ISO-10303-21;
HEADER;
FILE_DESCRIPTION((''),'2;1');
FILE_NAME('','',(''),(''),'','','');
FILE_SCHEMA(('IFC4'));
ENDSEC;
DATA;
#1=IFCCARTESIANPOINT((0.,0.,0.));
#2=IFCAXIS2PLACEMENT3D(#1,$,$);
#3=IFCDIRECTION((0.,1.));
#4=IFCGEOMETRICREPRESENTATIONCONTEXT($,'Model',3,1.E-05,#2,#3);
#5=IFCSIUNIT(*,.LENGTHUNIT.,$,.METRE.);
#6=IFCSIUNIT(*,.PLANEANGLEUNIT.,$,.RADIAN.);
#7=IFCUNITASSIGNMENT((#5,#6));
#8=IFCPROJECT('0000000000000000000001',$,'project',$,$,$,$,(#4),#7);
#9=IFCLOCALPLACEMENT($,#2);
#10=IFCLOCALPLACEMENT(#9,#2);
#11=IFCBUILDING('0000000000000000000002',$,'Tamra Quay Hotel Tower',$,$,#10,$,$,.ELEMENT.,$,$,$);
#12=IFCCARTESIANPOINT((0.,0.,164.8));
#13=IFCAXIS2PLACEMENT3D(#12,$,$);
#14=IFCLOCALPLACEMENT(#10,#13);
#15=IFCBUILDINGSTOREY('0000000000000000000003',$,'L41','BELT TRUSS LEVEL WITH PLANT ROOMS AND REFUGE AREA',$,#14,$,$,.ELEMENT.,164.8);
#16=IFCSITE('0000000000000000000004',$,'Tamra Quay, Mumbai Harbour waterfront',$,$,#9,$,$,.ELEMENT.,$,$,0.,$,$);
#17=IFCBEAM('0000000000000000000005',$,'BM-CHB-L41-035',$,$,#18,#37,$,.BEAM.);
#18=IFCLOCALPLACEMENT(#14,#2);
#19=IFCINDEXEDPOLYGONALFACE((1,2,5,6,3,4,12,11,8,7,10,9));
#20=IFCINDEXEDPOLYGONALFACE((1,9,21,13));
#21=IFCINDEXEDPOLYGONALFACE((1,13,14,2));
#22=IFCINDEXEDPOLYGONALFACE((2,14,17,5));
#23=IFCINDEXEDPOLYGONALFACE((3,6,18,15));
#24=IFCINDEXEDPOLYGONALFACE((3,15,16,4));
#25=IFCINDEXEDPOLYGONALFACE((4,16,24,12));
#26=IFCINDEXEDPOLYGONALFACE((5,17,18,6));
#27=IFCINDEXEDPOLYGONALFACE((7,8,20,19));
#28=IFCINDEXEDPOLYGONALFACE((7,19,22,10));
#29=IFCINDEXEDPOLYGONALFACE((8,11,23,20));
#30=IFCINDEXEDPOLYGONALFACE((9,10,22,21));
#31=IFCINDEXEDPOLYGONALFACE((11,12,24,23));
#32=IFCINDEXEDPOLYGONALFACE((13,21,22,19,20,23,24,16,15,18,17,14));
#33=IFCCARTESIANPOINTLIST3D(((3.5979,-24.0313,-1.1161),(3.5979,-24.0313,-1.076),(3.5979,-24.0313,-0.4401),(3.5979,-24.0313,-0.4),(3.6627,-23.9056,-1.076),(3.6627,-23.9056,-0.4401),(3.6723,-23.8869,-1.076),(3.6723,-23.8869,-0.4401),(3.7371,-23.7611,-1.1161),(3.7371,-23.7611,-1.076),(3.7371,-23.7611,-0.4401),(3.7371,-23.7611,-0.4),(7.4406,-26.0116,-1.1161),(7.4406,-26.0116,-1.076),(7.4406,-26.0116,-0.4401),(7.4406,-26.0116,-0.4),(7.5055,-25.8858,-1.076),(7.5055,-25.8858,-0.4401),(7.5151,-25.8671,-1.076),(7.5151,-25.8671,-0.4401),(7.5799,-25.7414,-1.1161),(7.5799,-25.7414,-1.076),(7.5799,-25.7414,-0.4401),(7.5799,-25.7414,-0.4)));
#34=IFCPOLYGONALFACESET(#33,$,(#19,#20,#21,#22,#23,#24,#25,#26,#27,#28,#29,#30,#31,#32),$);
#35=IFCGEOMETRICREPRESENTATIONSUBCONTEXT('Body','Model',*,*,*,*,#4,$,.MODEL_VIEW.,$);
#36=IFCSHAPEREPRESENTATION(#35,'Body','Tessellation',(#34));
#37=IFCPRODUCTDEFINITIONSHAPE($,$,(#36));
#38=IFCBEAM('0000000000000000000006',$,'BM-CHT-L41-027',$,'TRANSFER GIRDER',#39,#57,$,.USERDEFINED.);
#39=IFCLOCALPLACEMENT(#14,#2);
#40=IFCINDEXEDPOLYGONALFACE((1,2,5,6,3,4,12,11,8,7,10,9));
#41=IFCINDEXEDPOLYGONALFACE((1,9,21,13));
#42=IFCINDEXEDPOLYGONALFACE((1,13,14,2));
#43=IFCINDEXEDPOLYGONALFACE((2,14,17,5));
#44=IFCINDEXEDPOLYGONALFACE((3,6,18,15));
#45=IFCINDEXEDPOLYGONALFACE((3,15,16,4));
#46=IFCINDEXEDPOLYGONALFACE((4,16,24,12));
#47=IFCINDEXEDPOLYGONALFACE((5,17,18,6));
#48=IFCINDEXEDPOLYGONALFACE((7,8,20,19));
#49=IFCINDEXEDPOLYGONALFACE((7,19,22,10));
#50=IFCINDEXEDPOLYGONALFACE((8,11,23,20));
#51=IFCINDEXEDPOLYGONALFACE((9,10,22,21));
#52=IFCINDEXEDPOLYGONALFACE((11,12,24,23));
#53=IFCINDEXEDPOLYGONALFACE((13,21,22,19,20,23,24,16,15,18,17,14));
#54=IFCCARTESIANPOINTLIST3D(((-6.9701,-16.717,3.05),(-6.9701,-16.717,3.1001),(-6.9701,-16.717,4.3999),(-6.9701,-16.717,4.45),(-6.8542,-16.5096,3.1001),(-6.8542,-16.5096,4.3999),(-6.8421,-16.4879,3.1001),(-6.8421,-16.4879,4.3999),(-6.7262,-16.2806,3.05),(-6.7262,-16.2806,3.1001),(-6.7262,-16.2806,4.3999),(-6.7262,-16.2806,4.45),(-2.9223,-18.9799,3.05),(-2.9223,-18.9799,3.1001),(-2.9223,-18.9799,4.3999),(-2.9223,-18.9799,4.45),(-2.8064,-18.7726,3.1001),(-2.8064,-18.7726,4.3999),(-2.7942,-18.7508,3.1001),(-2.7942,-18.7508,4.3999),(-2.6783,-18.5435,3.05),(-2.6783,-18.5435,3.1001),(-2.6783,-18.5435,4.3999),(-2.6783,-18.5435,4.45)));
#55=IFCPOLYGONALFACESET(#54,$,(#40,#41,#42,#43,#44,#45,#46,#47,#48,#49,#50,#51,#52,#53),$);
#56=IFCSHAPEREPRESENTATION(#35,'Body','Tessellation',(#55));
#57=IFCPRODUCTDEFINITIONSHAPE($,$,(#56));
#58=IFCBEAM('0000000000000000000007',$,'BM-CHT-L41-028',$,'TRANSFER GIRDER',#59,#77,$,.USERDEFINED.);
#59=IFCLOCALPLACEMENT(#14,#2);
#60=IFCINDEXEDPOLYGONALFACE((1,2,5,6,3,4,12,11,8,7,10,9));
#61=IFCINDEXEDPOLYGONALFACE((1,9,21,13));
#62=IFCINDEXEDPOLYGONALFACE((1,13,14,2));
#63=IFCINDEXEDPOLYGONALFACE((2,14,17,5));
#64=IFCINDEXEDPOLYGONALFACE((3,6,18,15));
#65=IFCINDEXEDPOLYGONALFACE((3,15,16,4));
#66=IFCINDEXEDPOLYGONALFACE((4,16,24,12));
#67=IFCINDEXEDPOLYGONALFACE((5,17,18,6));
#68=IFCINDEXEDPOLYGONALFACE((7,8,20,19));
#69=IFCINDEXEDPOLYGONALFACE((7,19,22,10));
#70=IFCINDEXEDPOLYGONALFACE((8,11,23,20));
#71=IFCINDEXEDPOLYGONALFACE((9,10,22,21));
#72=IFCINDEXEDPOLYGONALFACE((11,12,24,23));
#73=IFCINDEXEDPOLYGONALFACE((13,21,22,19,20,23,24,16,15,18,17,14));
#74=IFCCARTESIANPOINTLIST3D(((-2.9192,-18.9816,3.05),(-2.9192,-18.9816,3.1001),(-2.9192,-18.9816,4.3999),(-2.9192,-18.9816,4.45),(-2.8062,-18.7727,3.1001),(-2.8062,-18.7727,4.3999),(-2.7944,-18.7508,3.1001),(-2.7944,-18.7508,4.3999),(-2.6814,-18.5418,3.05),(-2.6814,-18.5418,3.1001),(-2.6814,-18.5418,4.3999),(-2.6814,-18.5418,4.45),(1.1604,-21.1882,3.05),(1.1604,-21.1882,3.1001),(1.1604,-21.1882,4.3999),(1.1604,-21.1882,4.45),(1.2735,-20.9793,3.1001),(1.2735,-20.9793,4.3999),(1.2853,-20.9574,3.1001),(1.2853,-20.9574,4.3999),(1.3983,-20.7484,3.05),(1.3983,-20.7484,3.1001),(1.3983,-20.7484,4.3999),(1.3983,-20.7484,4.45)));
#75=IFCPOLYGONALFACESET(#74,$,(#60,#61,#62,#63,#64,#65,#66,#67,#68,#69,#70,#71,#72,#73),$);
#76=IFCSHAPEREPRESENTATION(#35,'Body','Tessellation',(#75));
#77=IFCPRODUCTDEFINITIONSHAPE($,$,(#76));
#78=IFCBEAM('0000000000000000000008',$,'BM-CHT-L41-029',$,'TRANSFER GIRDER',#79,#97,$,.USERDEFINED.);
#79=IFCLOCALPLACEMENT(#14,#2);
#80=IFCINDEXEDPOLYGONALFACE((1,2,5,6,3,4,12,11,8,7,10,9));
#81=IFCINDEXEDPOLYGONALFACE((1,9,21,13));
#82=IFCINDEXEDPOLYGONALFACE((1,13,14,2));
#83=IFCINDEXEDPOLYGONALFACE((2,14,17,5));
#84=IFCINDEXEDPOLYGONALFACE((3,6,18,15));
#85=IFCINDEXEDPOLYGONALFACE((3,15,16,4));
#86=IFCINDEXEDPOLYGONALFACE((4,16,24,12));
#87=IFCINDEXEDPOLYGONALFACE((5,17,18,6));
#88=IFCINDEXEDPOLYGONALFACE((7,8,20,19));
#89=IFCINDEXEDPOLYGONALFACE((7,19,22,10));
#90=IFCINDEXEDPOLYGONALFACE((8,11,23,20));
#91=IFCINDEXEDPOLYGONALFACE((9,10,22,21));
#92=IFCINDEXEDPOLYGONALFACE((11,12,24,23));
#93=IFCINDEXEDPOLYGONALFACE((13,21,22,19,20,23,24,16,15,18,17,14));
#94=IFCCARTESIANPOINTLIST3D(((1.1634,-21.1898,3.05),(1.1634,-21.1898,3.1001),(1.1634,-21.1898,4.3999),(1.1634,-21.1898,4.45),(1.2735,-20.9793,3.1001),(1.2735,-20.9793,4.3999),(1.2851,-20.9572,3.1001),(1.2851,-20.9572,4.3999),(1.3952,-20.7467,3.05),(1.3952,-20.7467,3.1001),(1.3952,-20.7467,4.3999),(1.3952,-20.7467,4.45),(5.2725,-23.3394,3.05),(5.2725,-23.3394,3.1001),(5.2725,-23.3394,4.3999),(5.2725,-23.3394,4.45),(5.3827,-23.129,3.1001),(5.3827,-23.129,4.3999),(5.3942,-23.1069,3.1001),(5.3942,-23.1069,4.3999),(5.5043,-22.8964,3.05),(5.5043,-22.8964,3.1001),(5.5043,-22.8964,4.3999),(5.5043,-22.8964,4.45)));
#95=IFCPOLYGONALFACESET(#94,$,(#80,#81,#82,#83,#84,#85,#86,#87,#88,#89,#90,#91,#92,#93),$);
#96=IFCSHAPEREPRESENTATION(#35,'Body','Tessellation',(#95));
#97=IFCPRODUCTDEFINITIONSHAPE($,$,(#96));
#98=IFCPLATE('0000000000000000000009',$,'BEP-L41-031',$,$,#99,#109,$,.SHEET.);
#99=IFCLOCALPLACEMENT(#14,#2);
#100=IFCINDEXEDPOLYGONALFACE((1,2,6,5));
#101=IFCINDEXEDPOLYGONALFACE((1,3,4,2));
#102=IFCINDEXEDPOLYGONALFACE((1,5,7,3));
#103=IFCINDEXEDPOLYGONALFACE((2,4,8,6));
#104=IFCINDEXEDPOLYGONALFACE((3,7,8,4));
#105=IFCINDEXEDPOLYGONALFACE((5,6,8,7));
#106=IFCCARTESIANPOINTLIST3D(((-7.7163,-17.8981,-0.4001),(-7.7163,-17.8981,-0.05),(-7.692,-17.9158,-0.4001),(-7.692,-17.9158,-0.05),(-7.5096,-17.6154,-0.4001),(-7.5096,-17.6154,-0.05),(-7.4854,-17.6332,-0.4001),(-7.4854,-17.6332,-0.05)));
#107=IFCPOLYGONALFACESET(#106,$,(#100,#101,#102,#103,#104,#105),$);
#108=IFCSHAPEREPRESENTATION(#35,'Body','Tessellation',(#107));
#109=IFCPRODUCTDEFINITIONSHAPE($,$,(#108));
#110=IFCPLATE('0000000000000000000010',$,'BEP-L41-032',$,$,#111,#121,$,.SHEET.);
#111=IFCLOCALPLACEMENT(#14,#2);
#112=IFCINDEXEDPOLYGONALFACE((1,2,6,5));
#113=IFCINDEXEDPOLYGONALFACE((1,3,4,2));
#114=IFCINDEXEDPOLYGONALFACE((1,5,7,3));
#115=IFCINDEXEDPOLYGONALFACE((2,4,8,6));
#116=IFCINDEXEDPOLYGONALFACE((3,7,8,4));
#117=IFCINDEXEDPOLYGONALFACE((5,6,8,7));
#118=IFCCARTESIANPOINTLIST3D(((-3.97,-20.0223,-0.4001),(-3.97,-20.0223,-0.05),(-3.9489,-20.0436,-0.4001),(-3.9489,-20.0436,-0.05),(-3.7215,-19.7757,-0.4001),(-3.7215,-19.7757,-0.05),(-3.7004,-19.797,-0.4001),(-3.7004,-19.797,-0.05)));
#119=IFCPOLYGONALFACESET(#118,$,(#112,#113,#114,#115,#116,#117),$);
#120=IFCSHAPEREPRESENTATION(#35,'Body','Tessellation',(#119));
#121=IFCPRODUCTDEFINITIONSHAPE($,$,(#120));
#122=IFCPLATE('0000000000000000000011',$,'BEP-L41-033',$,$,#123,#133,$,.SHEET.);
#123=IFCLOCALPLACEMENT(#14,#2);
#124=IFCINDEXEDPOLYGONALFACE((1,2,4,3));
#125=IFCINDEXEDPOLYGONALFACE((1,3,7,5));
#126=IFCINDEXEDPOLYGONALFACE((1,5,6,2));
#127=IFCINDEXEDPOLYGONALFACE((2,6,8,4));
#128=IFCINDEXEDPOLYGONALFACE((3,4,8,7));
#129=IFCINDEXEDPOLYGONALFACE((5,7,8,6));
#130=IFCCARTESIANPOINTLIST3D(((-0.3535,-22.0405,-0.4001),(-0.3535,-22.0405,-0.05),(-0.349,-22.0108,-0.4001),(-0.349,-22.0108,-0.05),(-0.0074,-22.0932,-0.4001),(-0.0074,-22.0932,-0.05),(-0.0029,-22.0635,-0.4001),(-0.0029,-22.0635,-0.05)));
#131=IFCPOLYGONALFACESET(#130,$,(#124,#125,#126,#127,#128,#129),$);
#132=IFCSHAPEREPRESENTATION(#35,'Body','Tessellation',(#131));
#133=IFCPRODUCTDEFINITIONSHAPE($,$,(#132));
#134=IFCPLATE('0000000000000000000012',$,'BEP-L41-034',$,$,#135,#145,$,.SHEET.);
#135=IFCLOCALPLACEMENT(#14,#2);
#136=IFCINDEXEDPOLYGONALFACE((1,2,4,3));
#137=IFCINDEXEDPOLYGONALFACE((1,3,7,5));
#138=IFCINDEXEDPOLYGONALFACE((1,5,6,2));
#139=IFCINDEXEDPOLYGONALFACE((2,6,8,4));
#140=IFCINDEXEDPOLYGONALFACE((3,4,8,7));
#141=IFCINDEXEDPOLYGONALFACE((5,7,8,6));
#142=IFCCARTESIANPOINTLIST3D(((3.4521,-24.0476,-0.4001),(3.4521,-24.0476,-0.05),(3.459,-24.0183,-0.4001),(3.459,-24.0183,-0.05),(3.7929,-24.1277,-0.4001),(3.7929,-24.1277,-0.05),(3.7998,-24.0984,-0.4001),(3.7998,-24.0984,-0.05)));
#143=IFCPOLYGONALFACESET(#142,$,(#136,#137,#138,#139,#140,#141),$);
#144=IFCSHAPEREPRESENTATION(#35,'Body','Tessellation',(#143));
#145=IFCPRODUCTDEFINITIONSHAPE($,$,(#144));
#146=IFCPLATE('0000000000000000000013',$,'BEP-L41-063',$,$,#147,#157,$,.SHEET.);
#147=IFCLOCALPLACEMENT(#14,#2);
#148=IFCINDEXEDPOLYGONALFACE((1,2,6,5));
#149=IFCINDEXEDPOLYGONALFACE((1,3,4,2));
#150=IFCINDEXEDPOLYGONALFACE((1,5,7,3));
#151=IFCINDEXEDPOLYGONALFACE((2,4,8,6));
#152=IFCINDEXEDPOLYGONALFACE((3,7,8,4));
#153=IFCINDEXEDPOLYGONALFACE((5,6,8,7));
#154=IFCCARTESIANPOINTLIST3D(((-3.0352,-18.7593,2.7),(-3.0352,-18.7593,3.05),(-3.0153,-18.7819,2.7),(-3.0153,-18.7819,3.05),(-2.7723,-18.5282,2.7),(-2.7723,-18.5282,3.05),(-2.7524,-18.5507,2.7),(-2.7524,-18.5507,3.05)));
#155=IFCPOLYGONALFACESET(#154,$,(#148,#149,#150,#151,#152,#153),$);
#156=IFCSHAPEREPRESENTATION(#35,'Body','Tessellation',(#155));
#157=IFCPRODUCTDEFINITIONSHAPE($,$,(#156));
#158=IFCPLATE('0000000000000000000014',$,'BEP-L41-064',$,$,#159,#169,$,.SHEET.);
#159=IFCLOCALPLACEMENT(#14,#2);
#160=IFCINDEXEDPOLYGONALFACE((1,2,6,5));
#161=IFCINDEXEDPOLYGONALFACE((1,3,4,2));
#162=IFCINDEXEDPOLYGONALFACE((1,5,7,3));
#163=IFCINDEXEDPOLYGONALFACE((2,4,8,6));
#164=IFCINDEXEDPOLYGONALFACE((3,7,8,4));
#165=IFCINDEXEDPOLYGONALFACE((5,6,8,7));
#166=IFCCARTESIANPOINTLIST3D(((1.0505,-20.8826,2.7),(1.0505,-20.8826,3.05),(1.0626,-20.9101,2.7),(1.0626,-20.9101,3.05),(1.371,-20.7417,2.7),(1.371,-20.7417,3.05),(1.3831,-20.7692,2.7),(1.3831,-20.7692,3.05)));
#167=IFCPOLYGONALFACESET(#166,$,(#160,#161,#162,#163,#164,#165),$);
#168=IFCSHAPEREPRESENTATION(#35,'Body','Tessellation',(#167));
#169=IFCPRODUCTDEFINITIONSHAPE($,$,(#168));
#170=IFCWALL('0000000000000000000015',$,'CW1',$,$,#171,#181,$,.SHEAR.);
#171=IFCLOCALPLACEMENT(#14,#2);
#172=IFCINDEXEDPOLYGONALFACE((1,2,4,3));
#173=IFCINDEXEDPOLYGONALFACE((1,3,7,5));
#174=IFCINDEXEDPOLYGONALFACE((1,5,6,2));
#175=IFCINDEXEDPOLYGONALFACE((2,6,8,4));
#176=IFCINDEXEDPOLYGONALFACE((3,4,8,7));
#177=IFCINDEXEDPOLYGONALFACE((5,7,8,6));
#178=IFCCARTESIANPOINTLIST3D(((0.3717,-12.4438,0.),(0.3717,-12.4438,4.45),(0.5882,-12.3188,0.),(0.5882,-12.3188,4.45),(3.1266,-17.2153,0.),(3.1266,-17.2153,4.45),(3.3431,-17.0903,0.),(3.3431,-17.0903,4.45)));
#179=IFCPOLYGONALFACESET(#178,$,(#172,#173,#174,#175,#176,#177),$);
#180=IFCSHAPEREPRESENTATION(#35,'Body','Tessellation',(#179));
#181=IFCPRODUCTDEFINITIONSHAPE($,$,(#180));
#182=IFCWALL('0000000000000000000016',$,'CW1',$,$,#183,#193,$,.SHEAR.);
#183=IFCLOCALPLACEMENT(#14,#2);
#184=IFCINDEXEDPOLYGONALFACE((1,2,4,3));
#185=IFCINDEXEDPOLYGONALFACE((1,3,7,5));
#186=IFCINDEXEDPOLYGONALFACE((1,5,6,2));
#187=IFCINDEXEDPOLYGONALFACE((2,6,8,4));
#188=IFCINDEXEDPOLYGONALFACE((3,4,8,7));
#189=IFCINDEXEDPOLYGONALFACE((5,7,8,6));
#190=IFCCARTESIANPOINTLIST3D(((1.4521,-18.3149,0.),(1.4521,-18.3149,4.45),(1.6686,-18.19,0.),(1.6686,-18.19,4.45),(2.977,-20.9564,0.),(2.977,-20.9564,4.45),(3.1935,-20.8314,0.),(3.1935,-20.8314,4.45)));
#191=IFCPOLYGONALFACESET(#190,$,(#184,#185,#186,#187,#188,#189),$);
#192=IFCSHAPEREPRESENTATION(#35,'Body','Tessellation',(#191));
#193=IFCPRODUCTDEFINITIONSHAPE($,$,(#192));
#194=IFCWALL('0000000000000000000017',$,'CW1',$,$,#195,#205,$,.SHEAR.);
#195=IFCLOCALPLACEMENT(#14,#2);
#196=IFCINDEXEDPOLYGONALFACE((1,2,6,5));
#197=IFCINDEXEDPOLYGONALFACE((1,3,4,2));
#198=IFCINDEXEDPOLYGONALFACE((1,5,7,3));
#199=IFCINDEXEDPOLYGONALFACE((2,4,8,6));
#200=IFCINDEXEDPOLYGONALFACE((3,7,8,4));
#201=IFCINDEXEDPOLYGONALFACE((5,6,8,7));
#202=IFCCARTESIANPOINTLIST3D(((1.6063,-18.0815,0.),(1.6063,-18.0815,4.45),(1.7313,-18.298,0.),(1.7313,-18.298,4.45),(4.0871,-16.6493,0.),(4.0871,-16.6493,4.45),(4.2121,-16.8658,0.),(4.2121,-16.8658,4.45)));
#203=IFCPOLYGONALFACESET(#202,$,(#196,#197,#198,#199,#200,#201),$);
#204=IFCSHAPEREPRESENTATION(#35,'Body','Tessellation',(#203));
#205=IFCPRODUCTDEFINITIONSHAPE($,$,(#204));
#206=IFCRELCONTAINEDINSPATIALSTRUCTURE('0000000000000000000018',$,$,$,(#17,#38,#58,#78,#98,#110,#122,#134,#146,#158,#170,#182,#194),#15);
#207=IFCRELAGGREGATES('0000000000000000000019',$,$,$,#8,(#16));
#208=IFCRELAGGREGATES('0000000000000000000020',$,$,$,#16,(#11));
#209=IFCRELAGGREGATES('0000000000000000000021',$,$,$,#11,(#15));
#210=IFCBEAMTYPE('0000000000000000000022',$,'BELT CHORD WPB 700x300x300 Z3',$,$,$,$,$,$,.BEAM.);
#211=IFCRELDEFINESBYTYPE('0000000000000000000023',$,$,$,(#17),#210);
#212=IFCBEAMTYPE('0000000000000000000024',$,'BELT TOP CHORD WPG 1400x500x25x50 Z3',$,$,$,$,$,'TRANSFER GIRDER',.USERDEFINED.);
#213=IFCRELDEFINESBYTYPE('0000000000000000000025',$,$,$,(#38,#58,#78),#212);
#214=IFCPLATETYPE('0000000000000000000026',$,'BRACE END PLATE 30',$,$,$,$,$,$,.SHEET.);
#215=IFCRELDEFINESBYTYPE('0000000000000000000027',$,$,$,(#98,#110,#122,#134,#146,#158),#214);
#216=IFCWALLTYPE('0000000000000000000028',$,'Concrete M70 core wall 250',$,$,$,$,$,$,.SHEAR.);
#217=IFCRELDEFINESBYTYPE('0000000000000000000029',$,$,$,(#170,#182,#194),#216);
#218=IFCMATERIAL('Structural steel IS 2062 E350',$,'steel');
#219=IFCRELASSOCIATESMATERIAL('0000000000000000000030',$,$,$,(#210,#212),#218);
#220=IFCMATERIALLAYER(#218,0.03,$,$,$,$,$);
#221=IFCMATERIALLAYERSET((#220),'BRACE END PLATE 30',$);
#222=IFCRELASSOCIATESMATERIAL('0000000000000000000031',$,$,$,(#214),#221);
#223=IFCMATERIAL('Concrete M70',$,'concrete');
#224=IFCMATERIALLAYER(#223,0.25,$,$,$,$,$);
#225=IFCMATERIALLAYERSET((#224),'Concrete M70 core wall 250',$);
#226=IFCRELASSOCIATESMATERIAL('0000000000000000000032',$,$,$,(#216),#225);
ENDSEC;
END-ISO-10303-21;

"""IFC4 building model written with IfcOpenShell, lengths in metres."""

from ifc_helpers import new_model, si_unit, direction, frame, frame_2d, origin, origin_2d, place, context, subcontext, project, spatial, rectangle, i_section, extrude, material, layer, layer_set, material_profile, profile_set, type_object, element, save


model = new_model("IFC4")

# Units and contexts
model_context = context("Model", 3, precision=1e-05, world=origin(), true_north=direction((0.0, 1.0)))
body_context = subcontext(model_context, "Body", "Model", "MODEL_VIEW")
ifc_project = project(units=[si_unit("LENGTHUNIT", "METRE"), si_unit("PLANEANGLEUNIT", "RADIAN")], contexts=[model_context])

# Site, building, storey
site_placement = place(None, origin())
site = spatial("IfcSite", under=ifc_project, at=site_placement, Name="Tamra Quay, Mumbai Harbour waterfront", CompositionType="ELEMENT", RefElevation=0.0)
building_placement = place(site_placement, origin())
building = spatial("IfcBuilding", under=site, at=building_placement, Name="Tamra Quay Hotel Tower", CompositionType="ELEMENT")
storey_placement = place(building_placement, frame((0.0, 0.0, 164.8)))
storey = spatial("IfcBuildingStorey", under=building, at=storey_placement, Name="L41", Description="BELT TRUSS LEVEL WITH PLANT ROOMS AND REFUGE AREA", CompositionType="ELEMENT", Elevation=164.8)

# Shared definitions
ifc_material_1 = material(Name="Structural steel IS 2062 E350", Category="steel")

# Beams
ifc_material_profile_1 = material_profile(ifc_material_1, i_section(OverallWidth=0.304, OverallDepth=0.7161, WebThickness=0.021, FlangeThickness=0.04, at=origin_2d()), Name="WPB 700x300x300")
ifc_profile_set_1 = profile_set([ifc_material_profile_1], Name="Structural steel IS 2062 E350")
beam_type_1 = type_object("IfcBeamType", Name="BELT CHORD WPB 700x300x300 Z3", PredefinedType="BEAM", material=ifc_profile_set_1)
beam_1_placement = place(storey_placement, frame((3.6675, -23.8962, -0.7581), z_axis=(0.888917, -0.458069, 0.0), x_axis=(0.458069, 0.888917, 0.0)))
element("IfcBeam", 1, at=beam_1_placement, inside=storey, type_object=beam_type_1, Name="BM-CHB-L41-035", PredefinedType="BEAM", context=body_context, shape_type="SweptSolid", body=[
    extrude(i_section(OverallWidth=0.304, OverallDepth=0.7161, WebThickness=0.021, FlangeThickness=0.04, at=origin_2d()), origin(), (0.0, 0.0, 1.0), 4.323),
])
ifc_material_profile_2 = material_profile(ifc_material_1, i_section(OverallWidth=0.5, OverallDepth=1.3999, WebThickness=0.0249, FlangeThickness=0.05, at=origin_2d()), Name="WPG 1400x500x25x50")
ifc_profile_set_2 = profile_set([ifc_material_profile_2], Name="Structural steel IS 2062 E350")
beam_type_2 = type_object("IfcBeamType", Name="BELT TOP CHORD WPG 1400x500x25x50 Z3", ElementType="TRANSFER GIRDER", PredefinedType="USERDEFINED", material=ifc_profile_set_2)
beam_2_placement = place(storey_placement, frame((-6.8481, -16.4988, 3.75), z_axis=(0.87286, -0.48797, 0.0), x_axis=(0.48797, 0.87286, 0.0)))
element("IfcBeam", 2, at=beam_2_placement, inside=storey, type_object=beam_type_2, Name="BM-CHT-L41-027", ObjectType="TRANSFER GIRDER", PredefinedType="USERDEFINED", context=body_context, shape_type="SweptSolid", body=[
    extrude(i_section(OverallWidth=0.5, OverallDepth=1.3999, WebThickness=0.0249, FlangeThickness=0.05, at=origin_2d()), origin(), (0.0, 0.0, 1.0), 4.6375),
])
beam_3_placement = place(storey_placement, frame((-2.8003, -18.7617, 3.75), z_axis=(0.879584, -0.475744, 0.0), x_axis=(0.475744, 0.879584, 0.0)))
element("IfcBeam", 3, at=beam_3_placement, inside=storey, type_object=beam_type_2, Name="BM-CHT-L41-028", ObjectType="TRANSFER GIRDER", PredefinedType="USERDEFINED", context=body_context, shape_type="SweptSolid", body=[
    extrude(i_section(OverallWidth=0.5, OverallDepth=1.3999, WebThickness=0.0249, FlangeThickness=0.05, at=origin_2d()), origin(), (0.0, 0.0, 1.0), 4.6382),
])
beam_4_placement = place(storey_placement, frame((1.2793, -20.9683, 3.75), z_axis=(0.886075, -0.463543, 0.0), x_axis=(0.463543, 0.886075, 0.0)))
element("IfcBeam", 4, at=beam_4_placement, inside=storey, type_object=beam_type_2, Name="BM-CHT-L41-029", ObjectType="TRANSFER GIRDER", PredefinedType="USERDEFINED", context=body_context, shape_type="SweptSolid", body=[
    extrude(i_section(OverallWidth=0.5, OverallDepth=1.3999, WebThickness=0.0249, FlangeThickness=0.05, at=origin_2d()), origin(), (0.0, 0.0, 1.0), 4.6375),
])

# Plates
ifc_layer_1 = layer(ifc_material_1, 0.03)
ifc_layer_set_1 = layer_set([ifc_layer_1], Name="BRACE END PLATE 30")
plate_type = type_object("IfcPlateType", Name="BRACE END PLATE 30", PredefinedType="SHEET", material=ifc_layer_set_1)
for number, where, z_axis, x_axis, name in (
    (5, (-7.6008, -17.7656, -0.4001), (0.0, 0.0, 1.0), (-0.807295, 0.590148, 0.0), "BEP-L41-031"),
    (6, (-3.8352, -19.9097, -0.4001), (0.0, 0.0, 1.0), (-0.704313, 0.709889, 0.0), "BEP-L41-032"),
    (7, (-0.1782, -22.052, -0.4001), (0.0, 0.0, 1.0), (0.150471, 0.988614, 0.0), "BEP-L41-033"),
    (8, (3.626, -24.073, -0.4001), (0.0, 0.0, 1.0), (0.228861, 0.973459, 0.0), "BEP-L41-034"),
    (9, (-2.8938, -18.655, 2.7), (0.0, 0.0, 1.0), (-0.660306, 0.750997, 0.0), "BEP-L41-063"),
    (10, (1.2168, -20.8259, 2.7), (0.0, 0.0, 1.0), (-0.402405, 0.915462, 0.0), "BEP-L41-064"),
):
    element("IfcPlate", number, at=place(storey_placement, frame(where, z_axis=z_axis, x_axis=x_axis)), inside=storey, type_object=plate_type, Name=name, PredefinedType="SHEET", context=body_context, shape_type="SweptSolid", body=[
        extrude(rectangle(XDim=0.03, YDim=0.3501, at=origin_2d()), origin(), (0.0, 0.0, 1.0), 0.3501),
    ])

# Walls
ifc_material_2 = material(Name="Concrete M70", Category="concrete")
ifc_layer_2 = layer(ifc_material_2, 0.25)
ifc_layer_set_2 = layer_set([ifc_layer_2], Name="Concrete M70 core wall 250")
wall_type = type_object("IfcWallType", Name="Concrete M70 core wall 250", PredefinedType="SHEAR", material=ifc_layer_set_2)
wall_1_placement = place(storey_placement, frame((3.2349, -17.1528, 0.0), z_axis=(0.0, 0.0, 1.0), x_axis=(-0.500009, 0.86602, 0.0)))
element("IfcWall", 11, at=wall_1_placement, inside=storey, type_object=wall_type, Name="CW1", PredefinedType="SHEAR", context=body_context, shape_type="SweptSolid", body=[
    extrude(rectangle(XDim=5.5098, YDim=0.25, at=frame_2d((2.7549, 0.0))), origin(), (0.0, 0.0, 1.0), 4.45),
])
wall_2_placement = place(storey_placement, frame((3.0852, -20.8938, 0.0), z_axis=(0.0, 0.0, 1.0), x_axis=(-0.499979, 0.866038, 0.0)))
element("IfcWall", 12, at=wall_2_placement, inside=storey, type_object=wall_type, Name="CW1", PredefinedType="SHEAR", context=body_context, shape_type="SweptSolid", body=[
    extrude(rectangle(XDim=3.05, YDim=0.25, at=frame_2d((1.5249, 0.0))), origin(), (0.0, 0.0, 1.0), 4.45),
])
wall_3_placement = place(storey_placement, frame((1.6689, -18.1897, 0.0), z_axis=(0.0, 0.0, 1.0), x_axis=(0.866042, 0.499971, 0.0)))
element("IfcWall", 13, at=wall_3_placement, inside=storey, type_object=wall_type, Name="CW1", PredefinedType="SHEAR", context=body_context, shape_type="SweptSolid", body=[
    extrude(rectangle(XDim=2.8645, YDim=0.25, at=frame_2d((1.4321, 0.0))), origin(), (0.0, 0.0, 1.0), 4.45),
])

save(model, "model.ifc")
